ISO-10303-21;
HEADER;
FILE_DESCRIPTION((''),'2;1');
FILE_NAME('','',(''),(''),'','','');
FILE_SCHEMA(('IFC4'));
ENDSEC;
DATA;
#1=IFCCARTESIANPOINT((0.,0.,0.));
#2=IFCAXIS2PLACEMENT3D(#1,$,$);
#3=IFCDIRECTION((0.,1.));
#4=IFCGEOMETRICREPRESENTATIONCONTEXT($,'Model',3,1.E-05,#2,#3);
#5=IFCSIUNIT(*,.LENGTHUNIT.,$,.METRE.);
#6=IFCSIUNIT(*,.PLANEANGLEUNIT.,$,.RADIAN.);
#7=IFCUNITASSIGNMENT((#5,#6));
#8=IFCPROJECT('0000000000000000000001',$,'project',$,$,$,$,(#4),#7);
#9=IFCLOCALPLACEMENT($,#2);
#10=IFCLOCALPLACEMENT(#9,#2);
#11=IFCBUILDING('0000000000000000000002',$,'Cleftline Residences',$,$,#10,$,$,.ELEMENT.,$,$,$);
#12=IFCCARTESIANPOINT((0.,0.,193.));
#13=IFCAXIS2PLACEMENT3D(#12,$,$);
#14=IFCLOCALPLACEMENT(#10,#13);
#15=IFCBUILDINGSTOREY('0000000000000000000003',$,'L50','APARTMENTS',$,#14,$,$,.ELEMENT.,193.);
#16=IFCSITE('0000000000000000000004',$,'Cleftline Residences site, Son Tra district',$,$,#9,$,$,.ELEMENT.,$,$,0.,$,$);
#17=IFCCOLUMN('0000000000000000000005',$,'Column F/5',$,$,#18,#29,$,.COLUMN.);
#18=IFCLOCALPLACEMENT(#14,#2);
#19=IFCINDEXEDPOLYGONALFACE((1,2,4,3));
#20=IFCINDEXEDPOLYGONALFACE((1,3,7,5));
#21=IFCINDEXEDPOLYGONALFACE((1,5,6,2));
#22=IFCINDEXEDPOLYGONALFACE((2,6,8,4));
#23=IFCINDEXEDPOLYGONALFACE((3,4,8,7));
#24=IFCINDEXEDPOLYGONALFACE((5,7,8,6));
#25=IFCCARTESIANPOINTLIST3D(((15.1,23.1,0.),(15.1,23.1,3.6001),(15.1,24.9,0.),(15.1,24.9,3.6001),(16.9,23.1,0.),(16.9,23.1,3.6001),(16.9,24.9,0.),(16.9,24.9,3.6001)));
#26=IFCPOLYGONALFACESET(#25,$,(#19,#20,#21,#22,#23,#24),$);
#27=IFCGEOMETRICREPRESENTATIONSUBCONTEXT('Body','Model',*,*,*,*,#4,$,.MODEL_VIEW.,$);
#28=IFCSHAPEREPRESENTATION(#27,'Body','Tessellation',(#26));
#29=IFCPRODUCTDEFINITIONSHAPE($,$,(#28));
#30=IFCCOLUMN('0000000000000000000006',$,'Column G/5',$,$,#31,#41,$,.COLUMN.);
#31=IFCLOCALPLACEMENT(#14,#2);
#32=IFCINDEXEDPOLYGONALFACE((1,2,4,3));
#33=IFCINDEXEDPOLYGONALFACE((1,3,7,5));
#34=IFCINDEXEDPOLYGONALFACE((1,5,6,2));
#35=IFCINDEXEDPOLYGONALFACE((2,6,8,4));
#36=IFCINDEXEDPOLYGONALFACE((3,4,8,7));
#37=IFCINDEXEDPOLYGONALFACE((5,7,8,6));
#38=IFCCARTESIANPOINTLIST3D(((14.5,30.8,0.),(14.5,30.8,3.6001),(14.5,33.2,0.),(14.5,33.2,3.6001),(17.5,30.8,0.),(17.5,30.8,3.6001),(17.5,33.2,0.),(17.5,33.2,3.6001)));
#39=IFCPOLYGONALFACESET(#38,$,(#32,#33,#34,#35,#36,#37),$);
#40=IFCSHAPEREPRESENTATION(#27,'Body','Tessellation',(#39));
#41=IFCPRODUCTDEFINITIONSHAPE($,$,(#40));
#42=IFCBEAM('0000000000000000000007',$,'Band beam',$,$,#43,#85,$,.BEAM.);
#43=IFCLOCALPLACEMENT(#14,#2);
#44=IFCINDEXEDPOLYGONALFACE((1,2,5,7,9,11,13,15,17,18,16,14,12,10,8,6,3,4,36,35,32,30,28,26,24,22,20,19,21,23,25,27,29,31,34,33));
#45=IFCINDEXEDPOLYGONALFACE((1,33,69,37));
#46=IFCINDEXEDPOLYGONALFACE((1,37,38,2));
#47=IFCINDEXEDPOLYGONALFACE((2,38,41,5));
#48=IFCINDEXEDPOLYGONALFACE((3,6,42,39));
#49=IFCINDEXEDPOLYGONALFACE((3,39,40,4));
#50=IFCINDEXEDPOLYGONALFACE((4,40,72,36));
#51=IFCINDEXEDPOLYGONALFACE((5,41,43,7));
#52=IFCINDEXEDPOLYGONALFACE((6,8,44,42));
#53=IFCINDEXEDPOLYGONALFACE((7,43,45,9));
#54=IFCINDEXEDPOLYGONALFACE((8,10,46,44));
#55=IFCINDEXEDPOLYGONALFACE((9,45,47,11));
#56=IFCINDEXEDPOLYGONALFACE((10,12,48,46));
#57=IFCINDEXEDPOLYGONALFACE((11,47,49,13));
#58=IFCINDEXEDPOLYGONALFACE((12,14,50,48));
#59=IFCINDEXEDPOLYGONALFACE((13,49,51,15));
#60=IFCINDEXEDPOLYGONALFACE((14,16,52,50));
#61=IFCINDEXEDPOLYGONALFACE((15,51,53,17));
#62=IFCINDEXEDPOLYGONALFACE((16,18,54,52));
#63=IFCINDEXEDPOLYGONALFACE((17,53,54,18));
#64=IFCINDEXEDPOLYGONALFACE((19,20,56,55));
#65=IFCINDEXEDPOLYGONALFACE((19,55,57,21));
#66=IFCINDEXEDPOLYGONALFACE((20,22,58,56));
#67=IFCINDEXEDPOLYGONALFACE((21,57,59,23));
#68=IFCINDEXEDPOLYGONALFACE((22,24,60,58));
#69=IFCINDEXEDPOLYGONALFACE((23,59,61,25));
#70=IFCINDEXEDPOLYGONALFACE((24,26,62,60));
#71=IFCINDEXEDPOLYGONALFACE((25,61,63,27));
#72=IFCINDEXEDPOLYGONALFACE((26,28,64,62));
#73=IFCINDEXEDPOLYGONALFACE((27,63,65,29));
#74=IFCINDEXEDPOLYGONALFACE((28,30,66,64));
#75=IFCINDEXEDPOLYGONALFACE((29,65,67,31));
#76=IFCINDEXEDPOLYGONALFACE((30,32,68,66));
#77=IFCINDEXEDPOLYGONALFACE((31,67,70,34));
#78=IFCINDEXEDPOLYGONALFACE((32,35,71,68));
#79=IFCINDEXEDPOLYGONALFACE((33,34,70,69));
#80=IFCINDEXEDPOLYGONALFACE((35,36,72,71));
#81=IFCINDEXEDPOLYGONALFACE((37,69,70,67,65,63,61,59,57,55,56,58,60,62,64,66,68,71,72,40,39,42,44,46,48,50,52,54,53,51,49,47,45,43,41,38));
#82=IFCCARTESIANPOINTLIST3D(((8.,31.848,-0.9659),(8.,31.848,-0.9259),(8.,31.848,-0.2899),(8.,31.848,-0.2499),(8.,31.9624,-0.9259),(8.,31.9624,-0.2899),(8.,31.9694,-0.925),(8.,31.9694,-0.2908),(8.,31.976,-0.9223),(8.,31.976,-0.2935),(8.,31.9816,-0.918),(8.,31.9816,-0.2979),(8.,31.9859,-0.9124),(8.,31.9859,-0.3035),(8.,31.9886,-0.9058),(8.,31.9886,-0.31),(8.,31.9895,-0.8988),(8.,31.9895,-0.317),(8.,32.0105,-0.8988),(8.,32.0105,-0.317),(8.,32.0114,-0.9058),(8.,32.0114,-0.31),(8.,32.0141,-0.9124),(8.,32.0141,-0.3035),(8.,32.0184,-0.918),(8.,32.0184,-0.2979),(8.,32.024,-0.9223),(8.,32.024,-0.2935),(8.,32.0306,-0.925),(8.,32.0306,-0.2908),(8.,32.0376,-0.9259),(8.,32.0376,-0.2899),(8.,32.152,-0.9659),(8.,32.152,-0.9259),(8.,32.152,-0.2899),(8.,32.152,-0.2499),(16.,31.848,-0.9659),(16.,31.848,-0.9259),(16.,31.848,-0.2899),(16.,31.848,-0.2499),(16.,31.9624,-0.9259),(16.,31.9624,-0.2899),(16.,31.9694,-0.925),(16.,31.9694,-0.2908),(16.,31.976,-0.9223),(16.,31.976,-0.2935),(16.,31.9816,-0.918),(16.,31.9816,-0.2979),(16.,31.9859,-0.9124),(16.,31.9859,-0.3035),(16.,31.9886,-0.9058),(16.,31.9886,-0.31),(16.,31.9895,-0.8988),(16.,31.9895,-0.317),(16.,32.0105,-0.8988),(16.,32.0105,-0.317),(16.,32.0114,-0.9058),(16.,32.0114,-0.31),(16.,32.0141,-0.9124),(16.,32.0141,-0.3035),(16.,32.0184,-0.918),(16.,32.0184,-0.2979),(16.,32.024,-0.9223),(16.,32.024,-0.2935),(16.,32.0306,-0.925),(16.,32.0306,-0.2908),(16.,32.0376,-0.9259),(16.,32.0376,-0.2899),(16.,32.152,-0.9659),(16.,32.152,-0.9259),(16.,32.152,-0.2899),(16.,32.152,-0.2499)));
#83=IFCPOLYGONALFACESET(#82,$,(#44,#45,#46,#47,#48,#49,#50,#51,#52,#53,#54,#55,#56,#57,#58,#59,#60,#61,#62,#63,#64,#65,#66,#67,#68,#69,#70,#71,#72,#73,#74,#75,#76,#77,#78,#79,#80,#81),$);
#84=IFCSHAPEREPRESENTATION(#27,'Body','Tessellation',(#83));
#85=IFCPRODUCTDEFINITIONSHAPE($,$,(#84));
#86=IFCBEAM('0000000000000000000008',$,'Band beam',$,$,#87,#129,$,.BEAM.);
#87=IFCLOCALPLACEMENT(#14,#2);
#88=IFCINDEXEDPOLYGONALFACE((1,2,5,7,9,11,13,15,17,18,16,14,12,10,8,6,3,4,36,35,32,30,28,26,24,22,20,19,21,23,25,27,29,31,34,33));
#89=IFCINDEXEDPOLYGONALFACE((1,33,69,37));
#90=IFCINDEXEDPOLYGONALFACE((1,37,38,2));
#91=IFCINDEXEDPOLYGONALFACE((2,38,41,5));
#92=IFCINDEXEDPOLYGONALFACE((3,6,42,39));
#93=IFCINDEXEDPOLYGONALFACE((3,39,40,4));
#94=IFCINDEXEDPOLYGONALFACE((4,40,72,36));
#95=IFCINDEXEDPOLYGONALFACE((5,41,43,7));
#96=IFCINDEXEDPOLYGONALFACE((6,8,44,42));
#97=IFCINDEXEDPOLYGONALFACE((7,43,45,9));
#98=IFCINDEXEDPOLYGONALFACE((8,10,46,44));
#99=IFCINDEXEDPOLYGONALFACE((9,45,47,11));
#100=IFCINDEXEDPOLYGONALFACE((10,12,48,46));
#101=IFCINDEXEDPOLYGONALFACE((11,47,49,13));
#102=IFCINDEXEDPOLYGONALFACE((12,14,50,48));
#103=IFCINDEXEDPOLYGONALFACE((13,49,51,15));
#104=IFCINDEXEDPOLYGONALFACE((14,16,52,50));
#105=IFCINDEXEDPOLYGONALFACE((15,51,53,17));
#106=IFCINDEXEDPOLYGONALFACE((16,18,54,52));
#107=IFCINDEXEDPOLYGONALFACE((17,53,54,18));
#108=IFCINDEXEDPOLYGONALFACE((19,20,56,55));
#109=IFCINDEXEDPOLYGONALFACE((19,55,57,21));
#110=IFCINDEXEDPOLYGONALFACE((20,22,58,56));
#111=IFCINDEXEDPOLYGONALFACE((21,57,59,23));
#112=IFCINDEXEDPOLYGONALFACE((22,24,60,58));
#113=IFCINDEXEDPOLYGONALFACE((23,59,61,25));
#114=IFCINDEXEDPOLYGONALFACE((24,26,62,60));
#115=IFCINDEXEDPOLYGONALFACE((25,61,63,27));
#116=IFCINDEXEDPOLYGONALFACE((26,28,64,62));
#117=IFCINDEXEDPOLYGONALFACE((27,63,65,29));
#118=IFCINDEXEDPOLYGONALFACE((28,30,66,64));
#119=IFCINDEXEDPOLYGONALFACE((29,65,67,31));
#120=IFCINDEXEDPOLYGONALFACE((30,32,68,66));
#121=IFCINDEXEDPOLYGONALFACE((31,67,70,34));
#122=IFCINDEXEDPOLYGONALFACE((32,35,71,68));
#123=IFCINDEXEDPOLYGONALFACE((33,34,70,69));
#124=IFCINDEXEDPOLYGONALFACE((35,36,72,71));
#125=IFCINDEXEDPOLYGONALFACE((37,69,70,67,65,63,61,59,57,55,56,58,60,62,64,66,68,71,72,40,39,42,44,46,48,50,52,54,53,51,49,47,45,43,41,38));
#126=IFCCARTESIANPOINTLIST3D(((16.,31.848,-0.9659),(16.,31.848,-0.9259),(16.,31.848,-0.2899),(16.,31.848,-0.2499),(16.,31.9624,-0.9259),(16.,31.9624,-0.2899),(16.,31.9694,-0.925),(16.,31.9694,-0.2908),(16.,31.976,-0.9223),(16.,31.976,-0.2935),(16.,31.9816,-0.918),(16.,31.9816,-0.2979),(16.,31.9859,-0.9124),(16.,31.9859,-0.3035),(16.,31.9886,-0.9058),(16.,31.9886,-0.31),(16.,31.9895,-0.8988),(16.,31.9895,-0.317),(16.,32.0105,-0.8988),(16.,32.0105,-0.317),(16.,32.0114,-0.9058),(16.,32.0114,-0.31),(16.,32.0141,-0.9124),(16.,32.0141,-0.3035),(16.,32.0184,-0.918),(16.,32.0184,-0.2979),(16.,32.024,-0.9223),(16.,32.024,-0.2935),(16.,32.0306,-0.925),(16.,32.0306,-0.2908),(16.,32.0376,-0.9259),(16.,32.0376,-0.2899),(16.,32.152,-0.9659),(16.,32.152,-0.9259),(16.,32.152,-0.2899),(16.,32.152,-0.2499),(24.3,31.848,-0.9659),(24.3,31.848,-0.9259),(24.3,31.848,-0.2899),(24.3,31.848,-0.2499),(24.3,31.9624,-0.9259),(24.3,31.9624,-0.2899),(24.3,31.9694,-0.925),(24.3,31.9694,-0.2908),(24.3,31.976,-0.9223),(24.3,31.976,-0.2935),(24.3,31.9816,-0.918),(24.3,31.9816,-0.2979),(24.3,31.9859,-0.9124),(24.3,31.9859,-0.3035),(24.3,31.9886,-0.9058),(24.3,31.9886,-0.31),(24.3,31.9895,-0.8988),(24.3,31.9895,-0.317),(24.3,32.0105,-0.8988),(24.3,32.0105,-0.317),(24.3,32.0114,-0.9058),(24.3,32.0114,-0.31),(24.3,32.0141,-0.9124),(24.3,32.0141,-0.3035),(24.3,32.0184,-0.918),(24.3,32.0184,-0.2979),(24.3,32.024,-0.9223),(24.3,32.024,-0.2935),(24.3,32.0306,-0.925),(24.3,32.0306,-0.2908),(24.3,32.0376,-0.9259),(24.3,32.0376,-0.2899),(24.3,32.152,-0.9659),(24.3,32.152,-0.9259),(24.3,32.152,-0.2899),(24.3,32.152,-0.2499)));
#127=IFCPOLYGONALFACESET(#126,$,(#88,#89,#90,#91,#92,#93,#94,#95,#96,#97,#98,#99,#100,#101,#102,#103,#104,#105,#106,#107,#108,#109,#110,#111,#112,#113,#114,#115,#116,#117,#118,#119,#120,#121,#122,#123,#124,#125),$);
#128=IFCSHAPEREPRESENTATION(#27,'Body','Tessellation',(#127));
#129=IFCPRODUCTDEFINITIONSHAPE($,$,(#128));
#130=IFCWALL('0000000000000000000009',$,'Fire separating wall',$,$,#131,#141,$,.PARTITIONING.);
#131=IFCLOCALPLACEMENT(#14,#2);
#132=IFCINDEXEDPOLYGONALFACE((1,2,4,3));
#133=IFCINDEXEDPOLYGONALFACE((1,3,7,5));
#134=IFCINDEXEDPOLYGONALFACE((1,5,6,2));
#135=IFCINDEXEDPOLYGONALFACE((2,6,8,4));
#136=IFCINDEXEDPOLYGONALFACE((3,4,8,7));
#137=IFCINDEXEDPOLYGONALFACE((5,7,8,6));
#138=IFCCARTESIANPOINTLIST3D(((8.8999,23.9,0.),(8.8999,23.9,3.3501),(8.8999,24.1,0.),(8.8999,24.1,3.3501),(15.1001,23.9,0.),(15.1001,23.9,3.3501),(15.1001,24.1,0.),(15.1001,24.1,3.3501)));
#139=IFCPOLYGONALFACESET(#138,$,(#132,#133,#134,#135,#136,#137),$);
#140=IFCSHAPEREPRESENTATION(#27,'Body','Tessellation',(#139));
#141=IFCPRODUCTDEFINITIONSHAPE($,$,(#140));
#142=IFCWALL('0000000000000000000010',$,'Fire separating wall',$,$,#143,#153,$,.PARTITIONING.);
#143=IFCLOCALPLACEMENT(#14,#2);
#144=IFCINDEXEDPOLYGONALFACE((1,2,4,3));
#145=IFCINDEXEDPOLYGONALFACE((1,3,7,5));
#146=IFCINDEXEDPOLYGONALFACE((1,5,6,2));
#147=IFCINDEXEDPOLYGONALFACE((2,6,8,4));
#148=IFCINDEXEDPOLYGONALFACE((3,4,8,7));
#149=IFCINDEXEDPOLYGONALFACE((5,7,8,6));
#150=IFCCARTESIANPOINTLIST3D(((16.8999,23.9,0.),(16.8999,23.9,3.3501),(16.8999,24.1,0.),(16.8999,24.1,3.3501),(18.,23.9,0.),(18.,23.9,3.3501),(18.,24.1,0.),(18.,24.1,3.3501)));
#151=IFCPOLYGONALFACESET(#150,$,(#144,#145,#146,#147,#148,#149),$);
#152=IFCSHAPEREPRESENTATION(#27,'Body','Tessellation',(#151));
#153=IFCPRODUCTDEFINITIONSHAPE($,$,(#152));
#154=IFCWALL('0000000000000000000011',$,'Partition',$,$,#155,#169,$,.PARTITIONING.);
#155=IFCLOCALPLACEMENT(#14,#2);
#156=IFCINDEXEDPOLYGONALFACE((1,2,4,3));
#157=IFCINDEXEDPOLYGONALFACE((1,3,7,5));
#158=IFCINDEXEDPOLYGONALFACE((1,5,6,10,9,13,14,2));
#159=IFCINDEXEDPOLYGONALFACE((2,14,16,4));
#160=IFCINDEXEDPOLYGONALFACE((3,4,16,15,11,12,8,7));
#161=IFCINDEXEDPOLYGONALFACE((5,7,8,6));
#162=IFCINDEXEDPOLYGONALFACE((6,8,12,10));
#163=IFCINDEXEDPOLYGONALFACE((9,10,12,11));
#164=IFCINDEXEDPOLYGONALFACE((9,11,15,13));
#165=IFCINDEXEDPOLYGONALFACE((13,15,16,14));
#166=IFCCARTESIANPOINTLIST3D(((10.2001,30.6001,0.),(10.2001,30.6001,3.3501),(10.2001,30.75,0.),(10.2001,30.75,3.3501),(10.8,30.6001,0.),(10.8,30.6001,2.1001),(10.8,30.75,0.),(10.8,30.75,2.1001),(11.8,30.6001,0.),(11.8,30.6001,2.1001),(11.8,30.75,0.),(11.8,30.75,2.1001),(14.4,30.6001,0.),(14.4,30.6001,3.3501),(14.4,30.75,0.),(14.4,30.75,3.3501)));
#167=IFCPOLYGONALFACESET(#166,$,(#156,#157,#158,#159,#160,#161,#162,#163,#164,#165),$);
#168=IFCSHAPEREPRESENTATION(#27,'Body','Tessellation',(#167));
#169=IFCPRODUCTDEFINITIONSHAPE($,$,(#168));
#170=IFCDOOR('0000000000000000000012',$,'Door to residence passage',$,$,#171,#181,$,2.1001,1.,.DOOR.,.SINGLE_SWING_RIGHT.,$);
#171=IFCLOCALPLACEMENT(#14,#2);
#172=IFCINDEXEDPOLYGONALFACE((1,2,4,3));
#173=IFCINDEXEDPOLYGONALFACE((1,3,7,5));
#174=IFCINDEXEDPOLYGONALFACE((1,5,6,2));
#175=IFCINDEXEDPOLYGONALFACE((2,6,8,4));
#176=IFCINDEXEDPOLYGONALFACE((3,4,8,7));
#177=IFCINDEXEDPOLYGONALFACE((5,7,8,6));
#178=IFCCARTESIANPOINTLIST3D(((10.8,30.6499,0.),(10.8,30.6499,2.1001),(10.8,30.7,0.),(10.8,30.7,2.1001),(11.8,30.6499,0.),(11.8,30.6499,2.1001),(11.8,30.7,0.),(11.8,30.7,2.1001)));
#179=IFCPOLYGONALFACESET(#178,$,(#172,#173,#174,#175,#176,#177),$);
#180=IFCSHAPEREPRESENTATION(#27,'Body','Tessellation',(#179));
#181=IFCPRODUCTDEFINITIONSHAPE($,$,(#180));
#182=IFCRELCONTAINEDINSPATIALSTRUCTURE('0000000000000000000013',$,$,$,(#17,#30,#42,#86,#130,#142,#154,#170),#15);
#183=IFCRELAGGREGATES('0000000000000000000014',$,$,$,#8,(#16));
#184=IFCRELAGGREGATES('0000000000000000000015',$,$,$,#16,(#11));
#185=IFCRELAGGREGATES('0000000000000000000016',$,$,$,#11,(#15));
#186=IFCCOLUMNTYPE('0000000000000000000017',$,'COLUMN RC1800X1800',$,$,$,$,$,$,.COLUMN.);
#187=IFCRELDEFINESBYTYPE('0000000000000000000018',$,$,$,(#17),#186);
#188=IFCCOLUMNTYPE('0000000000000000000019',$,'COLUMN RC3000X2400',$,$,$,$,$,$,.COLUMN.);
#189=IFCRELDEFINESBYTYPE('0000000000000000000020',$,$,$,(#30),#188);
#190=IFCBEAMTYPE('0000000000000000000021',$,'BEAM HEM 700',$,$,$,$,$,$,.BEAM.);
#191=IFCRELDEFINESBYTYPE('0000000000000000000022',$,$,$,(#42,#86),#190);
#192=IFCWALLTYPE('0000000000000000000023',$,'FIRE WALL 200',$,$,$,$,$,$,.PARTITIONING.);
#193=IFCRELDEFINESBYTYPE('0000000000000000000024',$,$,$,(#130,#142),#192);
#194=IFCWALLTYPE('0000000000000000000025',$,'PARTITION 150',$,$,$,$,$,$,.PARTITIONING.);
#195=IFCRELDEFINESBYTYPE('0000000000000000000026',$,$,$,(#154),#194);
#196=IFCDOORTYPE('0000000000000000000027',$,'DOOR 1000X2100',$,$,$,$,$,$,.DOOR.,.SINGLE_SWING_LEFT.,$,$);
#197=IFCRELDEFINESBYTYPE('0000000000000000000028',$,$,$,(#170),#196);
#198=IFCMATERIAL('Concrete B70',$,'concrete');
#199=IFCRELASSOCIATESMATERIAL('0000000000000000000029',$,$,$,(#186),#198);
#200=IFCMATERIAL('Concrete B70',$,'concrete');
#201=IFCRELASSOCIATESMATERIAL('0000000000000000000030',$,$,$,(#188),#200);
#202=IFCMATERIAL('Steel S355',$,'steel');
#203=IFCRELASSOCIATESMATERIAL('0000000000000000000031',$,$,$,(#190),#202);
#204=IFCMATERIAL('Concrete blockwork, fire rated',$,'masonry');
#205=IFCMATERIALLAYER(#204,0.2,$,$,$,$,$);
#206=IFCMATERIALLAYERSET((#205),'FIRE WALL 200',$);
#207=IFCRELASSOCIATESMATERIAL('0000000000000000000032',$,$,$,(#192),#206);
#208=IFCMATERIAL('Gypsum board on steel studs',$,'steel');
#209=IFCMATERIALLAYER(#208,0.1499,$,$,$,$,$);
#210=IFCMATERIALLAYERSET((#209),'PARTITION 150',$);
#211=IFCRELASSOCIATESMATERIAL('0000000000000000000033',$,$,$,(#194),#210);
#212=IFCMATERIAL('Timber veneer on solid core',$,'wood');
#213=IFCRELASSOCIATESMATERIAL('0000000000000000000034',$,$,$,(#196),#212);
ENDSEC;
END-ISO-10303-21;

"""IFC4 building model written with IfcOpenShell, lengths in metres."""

from ifc_helpers import new_model, si_unit, direction, frame, frame_2d, origin, origin_2d, place, context, subcontext, project, spatial, rectangle, i_section, extrude, material, layer, layer_set, material_profile, profile_set, type_object, element, fill, save


model = new_model("IFC4")

# Units and contexts
model_context = context("Model", 3, precision=1e-05, world=origin(), true_north=direction((0.0, 1.0)))
body_context = subcontext(model_context, "Body", "Model", "MODEL_VIEW")
ifc_project = project(units=[si_unit("LENGTHUNIT", "METRE"), si_unit("PLANEANGLEUNIT", "RADIAN")], contexts=[model_context])

# Site, building, storey
site_placement = place(None, origin())
site = spatial("IfcSite", under=ifc_project, at=site_placement, Name="Cleftline Residences site, Son Tra district", CompositionType="ELEMENT", RefElevation=0.0)
building_placement = place(site_placement, origin())
building = spatial("IfcBuilding", under=site, at=building_placement, Name="Cleftline Residences", CompositionType="ELEMENT")
storey_placement = place(building_placement, frame((0.0, 0.0, 193.0)))
storey = spatial("IfcBuildingStorey", under=building, at=storey_placement, Name="L50", Description="APARTMENTS", CompositionType="ELEMENT", Elevation=193.0)

# Columns
ifc_material_1 = material(Name="Concrete B70", Category="concrete")
ifc_material_profile_1 = material_profile(ifc_material_1, rectangle(XDim=1.8, YDim=1.8, at=origin_2d()))
ifc_profile_set_1 = profile_set([ifc_material_profile_1], Name="Concrete B70")
column_type_1 = type_object("IfcColumnType", Name="COLUMN RC1800X1800", PredefinedType="COLUMN", material=ifc_profile_set_1)
column_1_placement = place(storey_placement, frame((16.0, 24.0, 0.0), z_axis=(0.0, 0.0, 1.0), x_axis=(1.0, 0.0, 0.0)))
element("IfcColumn", 1, at=column_1_placement, inside=storey, type_object=column_type_1, Name="Column F/5", PredefinedType="COLUMN", context=body_context, shape_type="SweptSolid", body=[
    extrude(rectangle(XDim=1.8, YDim=1.8, at=origin_2d()), origin(), (0.0, 0.0, 1.0), 3.6001),
])
ifc_material_2 = material(Name="Concrete B70", Category="concrete")
ifc_material_profile_2 = material_profile(ifc_material_2, rectangle(XDim=3.0, YDim=2.3999, at=origin_2d()))
ifc_profile_set_2 = profile_set([ifc_material_profile_2], Name="Concrete B70")
column_type_2 = type_object("IfcColumnType", Name="COLUMN RC3000X2400", PredefinedType="COLUMN", material=ifc_profile_set_2)
column_2_placement = place(storey_placement, frame((16.0, 32.0, 0.0), z_axis=(0.0, 0.0, 1.0), x_axis=(1.0, 0.0, 0.0)))
element("IfcColumn", 2, at=column_2_placement, inside=storey, type_object=column_type_2, Name="Column G/5", PredefinedType="COLUMN", context=body_context, shape_type="SweptSolid", body=[
    extrude(rectangle(XDim=3.0, YDim=2.3999, at=origin_2d()), origin(), (0.0, 0.0, 1.0), 3.6001),
])

# Beams
ifc_material_3 = material(Name="Steel S355", Category="steel")
ifc_material_profile_3 = material_profile(ifc_material_3, i_section(OverallWidth=0.304, OverallDepth=0.7161, WebThickness=0.021, FlangeThickness=0.04, FilletRadius=0.0271, at=origin_2d()))
ifc_profile_set_3 = profile_set([ifc_material_profile_3], Name="Steel S355")
beam_type = type_object("IfcBeamType", Name="BEAM HEM 700", PredefinedType="BEAM", material=ifc_profile_set_3)
beam_1_placement = place(storey_placement, frame((8.0, 32.0, -0.6079), z_axis=(1.0, 0.0, 0.0), x_axis=(0.0, 1.0, 0.0)))
element("IfcBeam", 3, at=beam_1_placement, inside=storey, type_object=beam_type, Name="Band beam", PredefinedType="BEAM", context=body_context, shape_type="SweptSolid", body=[
    extrude(i_section(OverallWidth=0.304, OverallDepth=0.7161, WebThickness=0.021, FlangeThickness=0.04, FilletRadius=0.0271, at=origin_2d()), origin(), (0.0, 0.0, 1.0), 8.0),
])
beam_2_placement = place(storey_placement, frame((16.0, 32.0, -0.6079), z_axis=(1.0, 0.0, 0.0), x_axis=(0.0, 1.0, 0.0)))
element("IfcBeam", 4, at=beam_2_placement, inside=storey, type_object=beam_type, Name="Band beam", PredefinedType="BEAM", context=body_context, shape_type="SweptSolid", body=[
    extrude(i_section(OverallWidth=0.304, OverallDepth=0.7161, WebThickness=0.021, FlangeThickness=0.04, FilletRadius=0.0271, at=origin_2d()), origin(), (0.0, 0.0, 1.0), 8.3),
])

# Walls
ifc_material_4 = material(Name="Concrete blockwork, fire rated", Category="masonry")
ifc_layer_1 = layer(ifc_material_4, 0.2)
ifc_layer_set_1 = layer_set([ifc_layer_1], Name="FIRE WALL 200")
wall_type_1 = type_object("IfcWallType", Name="FIRE WALL 200", PredefinedType="PARTITIONING", material=ifc_layer_set_1)
wall_1_placement = place(storey_placement, frame((8.8999, 24.0, 0.0), z_axis=(0.0, 0.0, 1.0), x_axis=(1.0, 0.0, 0.0)))
element("IfcWall", 5, at=wall_1_placement, inside=storey, type_object=wall_type_1, Name="Fire separating wall", PredefinedType="PARTITIONING", context=body_context, shape_type="SweptSolid", body=[
    extrude(rectangle(XDim=6.2002, YDim=0.2, at=frame_2d((3.1001, 0.0))), origin(), (0.0, 0.0, 1.0), 3.3501),
])
wall_2_placement = place(storey_placement, frame((16.8999, 24.0, 0.0), z_axis=(0.0, 0.0, 1.0), x_axis=(1.0, 0.0, 0.0)))
element("IfcWall", 6, at=wall_2_placement, inside=storey, type_object=wall_type_1, Name="Fire separating wall", PredefinedType="PARTITIONING", context=body_context, shape_type="SweptSolid", body=[
    extrude(rectangle(XDim=1.1001, YDim=0.2, at=frame_2d((0.55, 0.0))), origin(), (0.0, 0.0, 1.0), 3.3501),
])

# Wall, opening, door
ifc_material_5 = material(Name="Gypsum board on steel studs", Category="steel")
ifc_layer_2 = layer(ifc_material_5, 0.1499)
ifc_layer_set_2 = layer_set([ifc_layer_2], Name="PARTITION 150")
wall_type_2 = type_object("IfcWallType", Name="PARTITION 150", PredefinedType="PARTITIONING", material=ifc_layer_set_2)
wall_3_placement = place(storey_placement, frame((10.2, 30.675, 0.0), z_axis=(0.0, 0.0, 1.0), x_axis=(1.0, 0.0, 0.0)))
wall_3 = element("IfcWall", 7, at=wall_3_placement, inside=storey, type_object=wall_type_2, Name="Partition", PredefinedType="PARTITIONING", context=body_context, shape_type="SweptSolid", body=[
    extrude(rectangle(XDim=4.2, YDim=0.1499, at=frame_2d((2.1001, 0.0))), origin(), (0.0, 0.0, 1.0), 3.3501),
])
opening_1_placement = place(wall_3_placement, frame((0.6001, 0.0, 0.0)))
opening_1 = element("IfcOpeningElement", 8, at=opening_1_placement, cuts=wall_3, PredefinedType="OPENING", context=body_context, shape_type="SweptSolid", body=[
    extrude(rectangle(XDim=1.0, YDim=2.1001, at=frame_2d((0.5, 1.05))), frame((0.0, 0.085, 0.0), z_axis=(0.0, -1.0, 0.0), x_axis=(1.0, 0.0, 0.0)), (0.0, 0.0, 1.0), 0.1699),
])
ifc_material_6 = material(Name="Timber veneer on solid core", Category="wood")
door_type_1 = type_object("IfcDoorType", Name="DOOR 1000X2100", OperationType="SINGLE_SWING_LEFT", PredefinedType="DOOR", material=ifc_material_6)
door_1_placement = place(opening_1_placement, origin())
door_1 = element("IfcDoor", 9, at=door_1_placement, inside=storey, type_object=door_type_1, Name="Door to residence passage", OperationType="SINGLE_SWING_RIGHT", OverallHeight=2.1001, OverallWidth=1.0, PredefinedType="DOOR", context=body_context, shape_type="SweptSolid", body=[
    extrude(rectangle(XDim=1.0, YDim=2.1001, at=frame_2d((0.5, 1.05))), frame((0.0, 0.0249, 0.0), z_axis=(0.0, -1.0, 0.0), x_axis=(1.0, 0.0, 0.0)), (0.0, 0.0, 1.0), 0.05),
])
fill(opening_1, door_1)

save(model, "model.ifc")
